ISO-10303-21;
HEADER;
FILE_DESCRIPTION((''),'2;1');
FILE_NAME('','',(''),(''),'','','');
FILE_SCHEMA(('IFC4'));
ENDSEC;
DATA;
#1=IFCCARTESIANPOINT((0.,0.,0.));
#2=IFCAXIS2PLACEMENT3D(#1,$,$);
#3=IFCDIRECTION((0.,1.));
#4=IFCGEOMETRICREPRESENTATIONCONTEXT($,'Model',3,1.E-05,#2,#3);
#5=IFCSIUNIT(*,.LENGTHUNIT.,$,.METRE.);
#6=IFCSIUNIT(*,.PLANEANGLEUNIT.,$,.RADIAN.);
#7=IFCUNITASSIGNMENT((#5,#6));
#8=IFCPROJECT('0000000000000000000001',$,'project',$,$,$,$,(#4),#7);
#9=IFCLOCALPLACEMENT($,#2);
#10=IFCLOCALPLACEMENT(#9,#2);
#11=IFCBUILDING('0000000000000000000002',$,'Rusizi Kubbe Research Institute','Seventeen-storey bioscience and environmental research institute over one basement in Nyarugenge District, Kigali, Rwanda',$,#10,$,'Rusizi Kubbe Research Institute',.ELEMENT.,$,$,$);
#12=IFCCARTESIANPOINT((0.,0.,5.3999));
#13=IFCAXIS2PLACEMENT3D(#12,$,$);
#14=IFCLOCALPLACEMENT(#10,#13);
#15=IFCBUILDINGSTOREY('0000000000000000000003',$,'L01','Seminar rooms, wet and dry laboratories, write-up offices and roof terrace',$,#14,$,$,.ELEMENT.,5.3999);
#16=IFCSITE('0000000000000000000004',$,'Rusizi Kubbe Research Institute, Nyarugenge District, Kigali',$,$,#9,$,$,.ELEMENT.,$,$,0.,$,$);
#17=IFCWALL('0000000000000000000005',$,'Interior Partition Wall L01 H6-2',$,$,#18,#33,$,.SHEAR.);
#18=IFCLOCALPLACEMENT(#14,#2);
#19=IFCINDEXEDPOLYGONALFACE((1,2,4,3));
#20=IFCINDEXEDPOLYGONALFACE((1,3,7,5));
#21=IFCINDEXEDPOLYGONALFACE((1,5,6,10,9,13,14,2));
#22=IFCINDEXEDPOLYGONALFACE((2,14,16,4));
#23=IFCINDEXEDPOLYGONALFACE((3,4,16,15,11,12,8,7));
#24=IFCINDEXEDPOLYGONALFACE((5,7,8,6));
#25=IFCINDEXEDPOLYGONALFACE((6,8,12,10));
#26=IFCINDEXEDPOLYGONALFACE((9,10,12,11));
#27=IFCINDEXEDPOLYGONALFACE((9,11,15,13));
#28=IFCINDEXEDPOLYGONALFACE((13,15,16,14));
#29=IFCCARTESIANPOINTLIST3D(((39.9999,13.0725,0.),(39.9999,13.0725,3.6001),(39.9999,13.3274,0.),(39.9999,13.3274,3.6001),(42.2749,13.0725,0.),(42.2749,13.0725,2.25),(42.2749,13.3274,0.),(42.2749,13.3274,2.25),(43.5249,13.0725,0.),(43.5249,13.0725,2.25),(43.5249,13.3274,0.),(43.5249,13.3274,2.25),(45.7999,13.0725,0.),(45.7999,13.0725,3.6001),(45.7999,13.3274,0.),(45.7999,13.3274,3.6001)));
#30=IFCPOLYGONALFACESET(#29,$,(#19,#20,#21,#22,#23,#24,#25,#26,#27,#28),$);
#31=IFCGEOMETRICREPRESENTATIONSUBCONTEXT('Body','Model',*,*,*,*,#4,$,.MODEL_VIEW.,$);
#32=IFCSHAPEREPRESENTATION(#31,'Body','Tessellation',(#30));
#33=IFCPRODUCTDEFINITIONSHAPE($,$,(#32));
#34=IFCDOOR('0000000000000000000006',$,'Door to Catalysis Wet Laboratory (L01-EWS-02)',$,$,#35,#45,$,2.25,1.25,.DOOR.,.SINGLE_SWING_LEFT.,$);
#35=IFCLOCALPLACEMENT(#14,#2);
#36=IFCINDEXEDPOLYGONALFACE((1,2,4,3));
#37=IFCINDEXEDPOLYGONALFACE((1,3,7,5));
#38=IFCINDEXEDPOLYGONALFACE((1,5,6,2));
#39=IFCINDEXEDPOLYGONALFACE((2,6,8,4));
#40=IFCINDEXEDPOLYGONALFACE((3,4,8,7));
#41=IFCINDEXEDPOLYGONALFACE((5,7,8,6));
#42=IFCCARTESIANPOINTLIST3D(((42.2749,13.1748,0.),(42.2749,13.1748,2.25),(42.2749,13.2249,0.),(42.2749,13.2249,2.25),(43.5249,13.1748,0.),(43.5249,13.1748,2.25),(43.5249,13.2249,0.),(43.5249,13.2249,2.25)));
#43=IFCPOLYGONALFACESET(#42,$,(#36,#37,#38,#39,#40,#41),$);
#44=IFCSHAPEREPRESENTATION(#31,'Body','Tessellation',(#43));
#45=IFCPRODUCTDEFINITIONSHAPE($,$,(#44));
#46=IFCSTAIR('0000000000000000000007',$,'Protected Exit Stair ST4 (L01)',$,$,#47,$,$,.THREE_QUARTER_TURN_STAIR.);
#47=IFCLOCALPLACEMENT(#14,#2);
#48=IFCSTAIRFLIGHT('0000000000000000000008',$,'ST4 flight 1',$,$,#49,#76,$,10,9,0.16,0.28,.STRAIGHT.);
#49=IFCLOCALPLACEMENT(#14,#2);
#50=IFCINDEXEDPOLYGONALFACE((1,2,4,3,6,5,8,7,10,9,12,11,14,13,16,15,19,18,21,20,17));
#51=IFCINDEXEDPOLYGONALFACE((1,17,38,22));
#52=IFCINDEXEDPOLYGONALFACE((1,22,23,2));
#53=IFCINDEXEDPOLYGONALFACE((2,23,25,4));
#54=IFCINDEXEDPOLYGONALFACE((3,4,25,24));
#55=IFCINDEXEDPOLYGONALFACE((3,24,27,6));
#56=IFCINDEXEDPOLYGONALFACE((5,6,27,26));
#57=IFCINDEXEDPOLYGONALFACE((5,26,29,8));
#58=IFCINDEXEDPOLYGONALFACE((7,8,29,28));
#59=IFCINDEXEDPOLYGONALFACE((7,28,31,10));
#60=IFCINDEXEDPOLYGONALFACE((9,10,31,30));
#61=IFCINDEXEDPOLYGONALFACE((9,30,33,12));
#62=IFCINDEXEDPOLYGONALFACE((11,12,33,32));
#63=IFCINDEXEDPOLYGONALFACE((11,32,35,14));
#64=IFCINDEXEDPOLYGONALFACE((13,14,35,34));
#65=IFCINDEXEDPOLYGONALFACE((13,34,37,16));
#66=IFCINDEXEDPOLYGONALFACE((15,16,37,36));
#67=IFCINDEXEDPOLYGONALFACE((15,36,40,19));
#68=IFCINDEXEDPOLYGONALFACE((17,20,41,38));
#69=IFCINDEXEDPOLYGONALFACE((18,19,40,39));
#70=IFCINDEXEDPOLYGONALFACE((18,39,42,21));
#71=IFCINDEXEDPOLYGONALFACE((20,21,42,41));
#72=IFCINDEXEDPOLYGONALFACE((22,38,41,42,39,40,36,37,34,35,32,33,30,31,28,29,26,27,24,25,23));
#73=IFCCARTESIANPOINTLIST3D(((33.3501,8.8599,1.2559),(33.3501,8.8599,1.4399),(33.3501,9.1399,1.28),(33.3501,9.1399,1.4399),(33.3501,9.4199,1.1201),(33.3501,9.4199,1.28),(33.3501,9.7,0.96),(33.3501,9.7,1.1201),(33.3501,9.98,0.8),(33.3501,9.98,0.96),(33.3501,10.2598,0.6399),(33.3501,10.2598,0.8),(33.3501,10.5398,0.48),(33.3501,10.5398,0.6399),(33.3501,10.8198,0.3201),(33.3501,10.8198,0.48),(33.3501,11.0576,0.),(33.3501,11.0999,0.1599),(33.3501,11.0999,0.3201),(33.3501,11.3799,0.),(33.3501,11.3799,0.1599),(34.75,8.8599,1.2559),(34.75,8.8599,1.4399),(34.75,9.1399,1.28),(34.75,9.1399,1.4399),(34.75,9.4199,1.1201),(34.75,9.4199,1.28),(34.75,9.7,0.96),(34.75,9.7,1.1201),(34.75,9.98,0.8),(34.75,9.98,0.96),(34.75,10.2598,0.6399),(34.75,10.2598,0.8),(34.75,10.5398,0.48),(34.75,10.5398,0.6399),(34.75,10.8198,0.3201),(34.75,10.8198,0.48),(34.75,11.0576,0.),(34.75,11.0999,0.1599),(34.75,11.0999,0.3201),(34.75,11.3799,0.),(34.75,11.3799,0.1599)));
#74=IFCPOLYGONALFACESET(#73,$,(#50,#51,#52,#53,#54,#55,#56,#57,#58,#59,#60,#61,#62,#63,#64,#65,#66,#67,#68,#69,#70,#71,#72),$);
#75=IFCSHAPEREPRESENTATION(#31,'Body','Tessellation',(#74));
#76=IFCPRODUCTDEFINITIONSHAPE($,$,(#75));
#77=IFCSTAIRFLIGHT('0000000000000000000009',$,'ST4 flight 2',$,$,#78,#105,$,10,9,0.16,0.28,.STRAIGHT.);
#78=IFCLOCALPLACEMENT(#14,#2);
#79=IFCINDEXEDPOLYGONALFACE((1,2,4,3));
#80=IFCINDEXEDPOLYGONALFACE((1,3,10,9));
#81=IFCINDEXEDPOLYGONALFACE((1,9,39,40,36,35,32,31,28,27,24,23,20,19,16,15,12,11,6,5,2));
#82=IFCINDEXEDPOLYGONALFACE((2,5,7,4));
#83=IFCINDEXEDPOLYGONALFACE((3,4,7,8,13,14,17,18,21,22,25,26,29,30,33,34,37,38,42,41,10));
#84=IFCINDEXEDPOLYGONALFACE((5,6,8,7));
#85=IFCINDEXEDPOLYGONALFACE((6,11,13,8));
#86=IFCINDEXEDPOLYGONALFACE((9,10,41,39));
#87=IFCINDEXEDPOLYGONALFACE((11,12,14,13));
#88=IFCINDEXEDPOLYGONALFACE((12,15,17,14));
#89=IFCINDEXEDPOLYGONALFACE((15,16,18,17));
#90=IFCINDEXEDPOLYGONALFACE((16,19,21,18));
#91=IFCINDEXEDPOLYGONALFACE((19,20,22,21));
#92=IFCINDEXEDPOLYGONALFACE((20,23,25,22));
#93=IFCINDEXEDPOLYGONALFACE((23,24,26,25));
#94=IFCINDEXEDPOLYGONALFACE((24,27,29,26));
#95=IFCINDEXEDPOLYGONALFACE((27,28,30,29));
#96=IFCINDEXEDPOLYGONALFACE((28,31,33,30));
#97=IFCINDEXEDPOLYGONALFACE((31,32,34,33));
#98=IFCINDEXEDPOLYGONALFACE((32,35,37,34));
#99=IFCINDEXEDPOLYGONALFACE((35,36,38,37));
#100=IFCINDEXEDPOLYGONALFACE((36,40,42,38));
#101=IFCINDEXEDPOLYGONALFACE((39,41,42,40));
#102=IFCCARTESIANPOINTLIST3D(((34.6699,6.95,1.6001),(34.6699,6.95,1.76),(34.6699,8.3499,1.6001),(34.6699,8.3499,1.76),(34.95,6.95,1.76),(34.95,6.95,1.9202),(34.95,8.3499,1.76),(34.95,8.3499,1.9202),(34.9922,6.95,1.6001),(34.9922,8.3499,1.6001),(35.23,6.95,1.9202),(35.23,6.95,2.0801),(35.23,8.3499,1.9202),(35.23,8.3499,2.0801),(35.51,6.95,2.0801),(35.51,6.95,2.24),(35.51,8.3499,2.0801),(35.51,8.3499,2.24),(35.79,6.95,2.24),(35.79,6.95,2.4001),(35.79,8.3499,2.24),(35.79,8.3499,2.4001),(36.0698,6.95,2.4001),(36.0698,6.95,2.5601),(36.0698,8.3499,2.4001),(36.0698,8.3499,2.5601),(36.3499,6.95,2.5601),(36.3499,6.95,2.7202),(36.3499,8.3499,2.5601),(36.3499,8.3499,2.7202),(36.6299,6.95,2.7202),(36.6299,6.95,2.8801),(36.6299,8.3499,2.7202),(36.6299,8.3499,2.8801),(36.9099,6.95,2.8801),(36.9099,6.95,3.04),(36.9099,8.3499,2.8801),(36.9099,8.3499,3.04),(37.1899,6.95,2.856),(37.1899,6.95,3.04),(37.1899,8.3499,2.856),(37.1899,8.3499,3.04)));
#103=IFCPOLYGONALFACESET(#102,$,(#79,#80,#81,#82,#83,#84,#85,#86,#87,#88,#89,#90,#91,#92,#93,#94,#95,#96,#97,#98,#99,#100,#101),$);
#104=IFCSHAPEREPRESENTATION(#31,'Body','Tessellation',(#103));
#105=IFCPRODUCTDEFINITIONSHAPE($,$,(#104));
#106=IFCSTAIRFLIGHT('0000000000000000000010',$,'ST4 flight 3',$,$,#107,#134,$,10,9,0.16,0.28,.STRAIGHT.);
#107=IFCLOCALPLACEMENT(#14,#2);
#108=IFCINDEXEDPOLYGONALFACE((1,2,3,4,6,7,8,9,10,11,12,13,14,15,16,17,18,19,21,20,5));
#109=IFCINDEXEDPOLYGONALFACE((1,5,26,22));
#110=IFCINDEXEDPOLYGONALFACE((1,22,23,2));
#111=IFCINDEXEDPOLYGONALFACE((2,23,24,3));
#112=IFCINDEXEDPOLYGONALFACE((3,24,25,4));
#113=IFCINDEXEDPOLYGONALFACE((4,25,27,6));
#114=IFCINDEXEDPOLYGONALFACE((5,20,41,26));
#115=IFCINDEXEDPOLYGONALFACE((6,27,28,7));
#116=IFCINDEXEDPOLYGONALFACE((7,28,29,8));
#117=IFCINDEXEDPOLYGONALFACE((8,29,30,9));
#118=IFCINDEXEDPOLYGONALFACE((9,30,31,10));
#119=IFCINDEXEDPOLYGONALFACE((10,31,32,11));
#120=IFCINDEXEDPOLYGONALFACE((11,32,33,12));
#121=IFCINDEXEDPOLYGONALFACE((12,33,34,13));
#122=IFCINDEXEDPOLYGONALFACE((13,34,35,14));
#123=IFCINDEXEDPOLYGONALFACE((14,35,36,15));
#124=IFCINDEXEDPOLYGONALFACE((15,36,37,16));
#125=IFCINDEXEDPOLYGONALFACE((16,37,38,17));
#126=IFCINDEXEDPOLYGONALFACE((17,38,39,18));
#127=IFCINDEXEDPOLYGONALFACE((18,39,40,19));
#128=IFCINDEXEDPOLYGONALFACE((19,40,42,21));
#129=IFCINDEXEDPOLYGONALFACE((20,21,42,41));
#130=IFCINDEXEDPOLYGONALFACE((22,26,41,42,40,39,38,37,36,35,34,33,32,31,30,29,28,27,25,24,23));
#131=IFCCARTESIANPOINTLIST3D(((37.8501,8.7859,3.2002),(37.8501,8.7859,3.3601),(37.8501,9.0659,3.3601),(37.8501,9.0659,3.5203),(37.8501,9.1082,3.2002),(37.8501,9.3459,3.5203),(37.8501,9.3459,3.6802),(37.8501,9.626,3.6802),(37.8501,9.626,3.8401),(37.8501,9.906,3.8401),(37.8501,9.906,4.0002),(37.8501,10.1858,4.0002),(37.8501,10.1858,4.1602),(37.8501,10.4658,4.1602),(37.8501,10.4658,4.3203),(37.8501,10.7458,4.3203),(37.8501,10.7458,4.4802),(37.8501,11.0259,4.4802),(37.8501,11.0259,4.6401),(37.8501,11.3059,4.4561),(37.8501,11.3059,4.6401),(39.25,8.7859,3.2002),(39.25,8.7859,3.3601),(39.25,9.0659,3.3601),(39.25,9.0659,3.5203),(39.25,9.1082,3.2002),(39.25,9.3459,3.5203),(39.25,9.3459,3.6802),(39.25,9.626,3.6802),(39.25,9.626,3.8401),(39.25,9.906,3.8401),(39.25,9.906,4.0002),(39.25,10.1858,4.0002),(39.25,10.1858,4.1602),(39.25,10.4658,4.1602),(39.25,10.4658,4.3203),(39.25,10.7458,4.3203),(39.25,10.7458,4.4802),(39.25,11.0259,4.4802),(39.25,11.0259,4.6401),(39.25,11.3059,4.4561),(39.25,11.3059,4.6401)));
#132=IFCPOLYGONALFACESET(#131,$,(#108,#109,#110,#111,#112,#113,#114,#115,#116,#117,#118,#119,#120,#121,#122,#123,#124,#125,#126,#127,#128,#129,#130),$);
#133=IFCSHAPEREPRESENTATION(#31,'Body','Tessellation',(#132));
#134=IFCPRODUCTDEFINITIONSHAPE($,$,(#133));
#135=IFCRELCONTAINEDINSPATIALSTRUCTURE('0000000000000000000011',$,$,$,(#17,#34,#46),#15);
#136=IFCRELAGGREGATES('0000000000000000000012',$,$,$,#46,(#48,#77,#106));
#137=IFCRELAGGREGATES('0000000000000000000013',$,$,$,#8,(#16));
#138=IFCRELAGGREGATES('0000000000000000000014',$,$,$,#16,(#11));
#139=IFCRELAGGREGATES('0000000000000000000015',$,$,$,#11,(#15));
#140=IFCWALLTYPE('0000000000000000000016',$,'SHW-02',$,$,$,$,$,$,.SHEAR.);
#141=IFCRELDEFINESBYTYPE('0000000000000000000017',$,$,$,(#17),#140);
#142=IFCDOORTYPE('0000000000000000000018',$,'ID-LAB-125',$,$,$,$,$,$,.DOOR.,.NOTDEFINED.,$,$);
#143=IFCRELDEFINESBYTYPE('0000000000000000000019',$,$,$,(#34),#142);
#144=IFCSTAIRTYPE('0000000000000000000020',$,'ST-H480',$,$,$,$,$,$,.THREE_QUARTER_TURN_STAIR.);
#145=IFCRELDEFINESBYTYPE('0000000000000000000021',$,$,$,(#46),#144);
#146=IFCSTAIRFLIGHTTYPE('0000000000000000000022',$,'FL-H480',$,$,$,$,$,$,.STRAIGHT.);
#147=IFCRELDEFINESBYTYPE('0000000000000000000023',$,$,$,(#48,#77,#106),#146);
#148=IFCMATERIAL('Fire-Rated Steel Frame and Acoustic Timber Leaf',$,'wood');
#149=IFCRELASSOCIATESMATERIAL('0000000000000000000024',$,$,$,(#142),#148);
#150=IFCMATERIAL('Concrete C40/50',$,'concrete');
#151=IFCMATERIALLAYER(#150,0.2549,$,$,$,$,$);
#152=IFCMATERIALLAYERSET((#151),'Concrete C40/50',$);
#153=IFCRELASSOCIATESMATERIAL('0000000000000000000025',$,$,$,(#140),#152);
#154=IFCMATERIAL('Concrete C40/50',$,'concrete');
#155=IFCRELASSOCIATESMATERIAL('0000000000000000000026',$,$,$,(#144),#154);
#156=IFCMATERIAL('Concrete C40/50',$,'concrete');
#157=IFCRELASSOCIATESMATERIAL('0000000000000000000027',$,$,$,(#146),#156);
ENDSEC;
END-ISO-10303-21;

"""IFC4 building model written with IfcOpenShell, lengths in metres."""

from ifc_helpers import new_model, si_unit, direction, frame, frame_2d, origin, place, context, subcontext, project, spatial, polyline, rectangle, outline, extrude, material, layer, layer_set, type_object, element, fill, aggregate, save


model = new_model("IFC4")

# Units and contexts
model_context = context("Model", 3, precision=1e-05, world=origin(), true_north=direction((0.0, 1.0)))
body_context = subcontext(model_context, "Body", "Model", "MODEL_VIEW")
ifc_project = project(units=[si_unit("LENGTHUNIT", "METRE"), si_unit("PLANEANGLEUNIT", "RADIAN")], contexts=[model_context])

# Site, building, storey
site_placement = place(None, origin())
site = spatial("IfcSite", under=ifc_project, at=site_placement, Name="Rusizi Kubbe Research Institute, Nyarugenge District, Kigali", CompositionType="ELEMENT", RefElevation=0.0)
building_placement = place(site_placement, origin())
building = spatial("IfcBuilding", under=site, at=building_placement, Name="Rusizi Kubbe Research Institute", Description="Seventeen-storey bioscience and environmental research institute over one basement in Nyarugenge District, Kigali, Rwanda", LongName="Rusizi Kubbe Research Institute", CompositionType="ELEMENT")
storey_placement = place(building_placement, frame((0.0, 0.0, 5.3999)))
storey = spatial("IfcBuildingStorey", under=building, at=storey_placement, Name="L01", Description="Seminar rooms, wet and dry laboratories, write-up offices and roof terrace", CompositionType="ELEMENT", Elevation=5.3999)

# Shared definitions
ifc_material_1 = material(Name="Fire-Rated Steel Frame and Acoustic Timber Leaf", Category="wood")
door_type = type_object("IfcDoorType", Name="ID-LAB-125", OperationType="NOTDEFINED", PredefinedType="DOOR", material=ifc_material_1)

# Wall, opening, door
ifc_material_2 = material(Name="Concrete C40/50", Category="concrete")
ifc_layer_1 = layer(ifc_material_2, 0.2549)
ifc_layer_set_1 = layer_set([ifc_layer_1], Name="Concrete C40/50")
wall_type_1 = type_object("IfcWallType", Name="SHW-02", PredefinedType="SHEAR", material=ifc_layer_set_1)
wall_1_placement = place(storey_placement, frame((40.0, 13.2, 0.0), z_axis=(0.0, 0.0, 1.0), x_axis=(1.0, 0.0, 0.0)))
wall_1 = element("IfcWall", 1, at=wall_1_placement, inside=storey, type_object=wall_type_1, Name="Interior Partition Wall L01 H6-2", PredefinedType="SHEAR", context=body_context, shape_type="SweptSolid", body=[
    extrude(rectangle(XDim=5.8, YDim=0.2549, at=frame_2d((2.8999, 0.0))), origin(), (0.0, 0.0, 1.0), 3.6001),
])
opening_1_placement = place(wall_1_placement, frame((2.2749, 0.0, 0.0)))
opening_1 = element("IfcOpeningElement", 2, at=opening_1_placement, cuts=wall_1, PredefinedType="OPENING", context=body_context, shape_type="SweptSolid", body=[
    extrude(rectangle(XDim=1.25, YDim=2.25, at=frame_2d((0.625, 1.125))), frame((0.0, 0.1375, 0.0), z_axis=(0.0, -1.0, 0.0), x_axis=(1.0, 0.0, 0.0)), (0.0, 0.0, 1.0), 0.2749),
])
door_1_placement = place(opening_1_placement, origin())
door_1 = element("IfcDoor", 3, at=door_1_placement, inside=storey, type_object=door_type, Name="Door to Catalysis Wet Laboratory (L01-EWS-02)", OperationType="SINGLE_SWING_LEFT", OverallHeight=2.25, OverallWidth=1.25, PredefinedType="DOOR", context=body_context, shape_type="SweptSolid", body=[
    extrude(rectangle(XDim=1.25, YDim=2.25, at=frame_2d((0.625, 1.125))), frame((0.0, 0.0249, 0.0), z_axis=(0.0, -1.0, 0.0), x_axis=(1.0, 0.0, 0.0)), (0.0, 0.0, 1.0), 0.05),
])
fill(opening_1, door_1)

# Stair, stair flights
ifc_material_3 = material(Name="Concrete C40/50", Category="concrete")
stair_type = type_object("IfcStairType", Name="ST-H480", PredefinedType="THREE_QUARTER_TURN_STAIR", material=ifc_material_3)
stair_placement = place(storey_placement, origin())
stair = element("IfcStair", 4, at=stair_placement, inside=storey, type_object=stair_type, Name="Protected Exit Stair ST4 (L01)", PredefinedType="THREE_QUARTER_TURN_STAIR")
ifc_material_4 = material(Name="Concrete C40/50", Category="concrete")
stair_flight_type = type_object("IfcStairFlightType", Name="FL-H480", PredefinedType="STRAIGHT", material=ifc_material_4)
stair_flight_1_placement = place(storey_placement, frame((34.05, 11.3799, 0.0), z_axis=(0.0, 0.0, 1.0), x_axis=(0.0, -1.0, 0.0)))
stair_flight_1 = element("IfcStairFlight", 5, at=stair_flight_1_placement, type_object=stair_flight_type, Name="ST4 flight 1", NumberOfRisers=10, NumberOfTreads=9, PredefinedType="STRAIGHT", RiserHeight=0.16, TreadLength=0.28, context=body_context, shape_type="SweptSolid", body=[
    extrude(outline(polyline([(0.0, 0.0), (0.0, 0.1599), (0.28, 0.1599), (0.28, 0.3201), (0.5601, 0.3201), (0.5601, 0.48), (0.8401, 0.48), (0.8401, 0.6399), (1.1201, 0.6399), (1.1201, 0.8), (1.3999, 0.8), (1.3999, 0.96), (1.6799, 0.96), (1.6799, 1.1201), (1.96, 1.1201), (1.96, 1.28), (2.24, 1.28), (2.24, 1.4399), (2.52, 1.4399), (2.52, 1.6001), (2.52, 1.2559), (0.3223, 0.0), (0.0, 0.0)])), frame((0.0, 0.7, 0.0), z_axis=(0.0, -1.0, 0.0), x_axis=(1.0, 0.0, 0.0)), (0.0, 0.0, 1.0), 1.3999),
])
stair_flight_2_placement = place(storey_placement, frame((34.6699, 7.6499, 1.6001), z_axis=(0.0, 0.0, 1.0), x_axis=(1.0, 0.0, 0.0)))
stair_flight_2 = element("IfcStairFlight", 6, at=stair_flight_2_placement, type_object=stair_flight_type, Name="ST4 flight 2", NumberOfRisers=10, NumberOfTreads=9, PredefinedType="STRAIGHT", RiserHeight=0.16, TreadLength=0.28, context=body_context, shape_type="SweptSolid", body=[
    extrude(outline(polyline([(0.0, 0.0), (0.0, 0.1599), (0.28, 0.1599), (0.28, 0.3201), (0.5601, 0.3201), (0.5601, 0.48), (0.8401, 0.48), (0.8401, 0.6399), (1.1201, 0.6399), (1.1201, 0.8), (1.3999, 0.8), (1.3999, 0.96), (1.6799, 0.96), (1.6799, 1.1201), (1.96, 1.1201), (1.96, 1.28), (2.24, 1.28), (2.24, 1.4399), (2.52, 1.4399), (2.52, 1.6001), (2.52, 1.2559), (0.3223, 0.0), (0.0, 0.0)])), frame((0.0, 0.7, 0.0), z_axis=(0.0, -1.0, 0.0), x_axis=(1.0, 0.0, 0.0)), (0.0, 0.0, 1.0), 1.3999),
])
stair_flight_3_placement = place(storey_placement, frame((38.55, 8.7859, 3.2002), z_axis=(0.0, 0.0, 1.0), x_axis=(0.0, 1.0, 0.0)))
stair_flight_3 = element("IfcStairFlight", 7, at=stair_flight_3_placement, type_object=stair_flight_type, Name="ST4 flight 3", NumberOfRisers=10, NumberOfTreads=9, PredefinedType="STRAIGHT", RiserHeight=0.16, TreadLength=0.28, context=body_context, shape_type="SweptSolid", body=[
    extrude(outline(polyline([(0.0, 0.0), (0.0, 0.1599), (0.28, 0.1599), (0.28, 0.3201), (0.5601, 0.3201), (0.5601, 0.48), (0.8401, 0.48), (0.8401, 0.6399), (1.1201, 0.6399), (1.1201, 0.8), (1.3999, 0.8), (1.3999, 0.96), (1.6799, 0.96), (1.6799, 1.1201), (1.96, 1.1201), (1.96, 1.28), (2.24, 1.28), (2.24, 1.4399), (2.52, 1.4399), (2.52, 1.6001), (2.52, 1.2559), (0.3223, 0.0), (0.0, 0.0)])), frame((0.0, 0.7, 0.0), z_axis=(0.0, -1.0, 0.0), x_axis=(1.0, 0.0, 0.0)), (0.0, 0.0, 1.0), 1.3999),
])
aggregate(stair, [stair_flight_1, stair_flight_2, stair_flight_3])

save(model, "model.ifc")
